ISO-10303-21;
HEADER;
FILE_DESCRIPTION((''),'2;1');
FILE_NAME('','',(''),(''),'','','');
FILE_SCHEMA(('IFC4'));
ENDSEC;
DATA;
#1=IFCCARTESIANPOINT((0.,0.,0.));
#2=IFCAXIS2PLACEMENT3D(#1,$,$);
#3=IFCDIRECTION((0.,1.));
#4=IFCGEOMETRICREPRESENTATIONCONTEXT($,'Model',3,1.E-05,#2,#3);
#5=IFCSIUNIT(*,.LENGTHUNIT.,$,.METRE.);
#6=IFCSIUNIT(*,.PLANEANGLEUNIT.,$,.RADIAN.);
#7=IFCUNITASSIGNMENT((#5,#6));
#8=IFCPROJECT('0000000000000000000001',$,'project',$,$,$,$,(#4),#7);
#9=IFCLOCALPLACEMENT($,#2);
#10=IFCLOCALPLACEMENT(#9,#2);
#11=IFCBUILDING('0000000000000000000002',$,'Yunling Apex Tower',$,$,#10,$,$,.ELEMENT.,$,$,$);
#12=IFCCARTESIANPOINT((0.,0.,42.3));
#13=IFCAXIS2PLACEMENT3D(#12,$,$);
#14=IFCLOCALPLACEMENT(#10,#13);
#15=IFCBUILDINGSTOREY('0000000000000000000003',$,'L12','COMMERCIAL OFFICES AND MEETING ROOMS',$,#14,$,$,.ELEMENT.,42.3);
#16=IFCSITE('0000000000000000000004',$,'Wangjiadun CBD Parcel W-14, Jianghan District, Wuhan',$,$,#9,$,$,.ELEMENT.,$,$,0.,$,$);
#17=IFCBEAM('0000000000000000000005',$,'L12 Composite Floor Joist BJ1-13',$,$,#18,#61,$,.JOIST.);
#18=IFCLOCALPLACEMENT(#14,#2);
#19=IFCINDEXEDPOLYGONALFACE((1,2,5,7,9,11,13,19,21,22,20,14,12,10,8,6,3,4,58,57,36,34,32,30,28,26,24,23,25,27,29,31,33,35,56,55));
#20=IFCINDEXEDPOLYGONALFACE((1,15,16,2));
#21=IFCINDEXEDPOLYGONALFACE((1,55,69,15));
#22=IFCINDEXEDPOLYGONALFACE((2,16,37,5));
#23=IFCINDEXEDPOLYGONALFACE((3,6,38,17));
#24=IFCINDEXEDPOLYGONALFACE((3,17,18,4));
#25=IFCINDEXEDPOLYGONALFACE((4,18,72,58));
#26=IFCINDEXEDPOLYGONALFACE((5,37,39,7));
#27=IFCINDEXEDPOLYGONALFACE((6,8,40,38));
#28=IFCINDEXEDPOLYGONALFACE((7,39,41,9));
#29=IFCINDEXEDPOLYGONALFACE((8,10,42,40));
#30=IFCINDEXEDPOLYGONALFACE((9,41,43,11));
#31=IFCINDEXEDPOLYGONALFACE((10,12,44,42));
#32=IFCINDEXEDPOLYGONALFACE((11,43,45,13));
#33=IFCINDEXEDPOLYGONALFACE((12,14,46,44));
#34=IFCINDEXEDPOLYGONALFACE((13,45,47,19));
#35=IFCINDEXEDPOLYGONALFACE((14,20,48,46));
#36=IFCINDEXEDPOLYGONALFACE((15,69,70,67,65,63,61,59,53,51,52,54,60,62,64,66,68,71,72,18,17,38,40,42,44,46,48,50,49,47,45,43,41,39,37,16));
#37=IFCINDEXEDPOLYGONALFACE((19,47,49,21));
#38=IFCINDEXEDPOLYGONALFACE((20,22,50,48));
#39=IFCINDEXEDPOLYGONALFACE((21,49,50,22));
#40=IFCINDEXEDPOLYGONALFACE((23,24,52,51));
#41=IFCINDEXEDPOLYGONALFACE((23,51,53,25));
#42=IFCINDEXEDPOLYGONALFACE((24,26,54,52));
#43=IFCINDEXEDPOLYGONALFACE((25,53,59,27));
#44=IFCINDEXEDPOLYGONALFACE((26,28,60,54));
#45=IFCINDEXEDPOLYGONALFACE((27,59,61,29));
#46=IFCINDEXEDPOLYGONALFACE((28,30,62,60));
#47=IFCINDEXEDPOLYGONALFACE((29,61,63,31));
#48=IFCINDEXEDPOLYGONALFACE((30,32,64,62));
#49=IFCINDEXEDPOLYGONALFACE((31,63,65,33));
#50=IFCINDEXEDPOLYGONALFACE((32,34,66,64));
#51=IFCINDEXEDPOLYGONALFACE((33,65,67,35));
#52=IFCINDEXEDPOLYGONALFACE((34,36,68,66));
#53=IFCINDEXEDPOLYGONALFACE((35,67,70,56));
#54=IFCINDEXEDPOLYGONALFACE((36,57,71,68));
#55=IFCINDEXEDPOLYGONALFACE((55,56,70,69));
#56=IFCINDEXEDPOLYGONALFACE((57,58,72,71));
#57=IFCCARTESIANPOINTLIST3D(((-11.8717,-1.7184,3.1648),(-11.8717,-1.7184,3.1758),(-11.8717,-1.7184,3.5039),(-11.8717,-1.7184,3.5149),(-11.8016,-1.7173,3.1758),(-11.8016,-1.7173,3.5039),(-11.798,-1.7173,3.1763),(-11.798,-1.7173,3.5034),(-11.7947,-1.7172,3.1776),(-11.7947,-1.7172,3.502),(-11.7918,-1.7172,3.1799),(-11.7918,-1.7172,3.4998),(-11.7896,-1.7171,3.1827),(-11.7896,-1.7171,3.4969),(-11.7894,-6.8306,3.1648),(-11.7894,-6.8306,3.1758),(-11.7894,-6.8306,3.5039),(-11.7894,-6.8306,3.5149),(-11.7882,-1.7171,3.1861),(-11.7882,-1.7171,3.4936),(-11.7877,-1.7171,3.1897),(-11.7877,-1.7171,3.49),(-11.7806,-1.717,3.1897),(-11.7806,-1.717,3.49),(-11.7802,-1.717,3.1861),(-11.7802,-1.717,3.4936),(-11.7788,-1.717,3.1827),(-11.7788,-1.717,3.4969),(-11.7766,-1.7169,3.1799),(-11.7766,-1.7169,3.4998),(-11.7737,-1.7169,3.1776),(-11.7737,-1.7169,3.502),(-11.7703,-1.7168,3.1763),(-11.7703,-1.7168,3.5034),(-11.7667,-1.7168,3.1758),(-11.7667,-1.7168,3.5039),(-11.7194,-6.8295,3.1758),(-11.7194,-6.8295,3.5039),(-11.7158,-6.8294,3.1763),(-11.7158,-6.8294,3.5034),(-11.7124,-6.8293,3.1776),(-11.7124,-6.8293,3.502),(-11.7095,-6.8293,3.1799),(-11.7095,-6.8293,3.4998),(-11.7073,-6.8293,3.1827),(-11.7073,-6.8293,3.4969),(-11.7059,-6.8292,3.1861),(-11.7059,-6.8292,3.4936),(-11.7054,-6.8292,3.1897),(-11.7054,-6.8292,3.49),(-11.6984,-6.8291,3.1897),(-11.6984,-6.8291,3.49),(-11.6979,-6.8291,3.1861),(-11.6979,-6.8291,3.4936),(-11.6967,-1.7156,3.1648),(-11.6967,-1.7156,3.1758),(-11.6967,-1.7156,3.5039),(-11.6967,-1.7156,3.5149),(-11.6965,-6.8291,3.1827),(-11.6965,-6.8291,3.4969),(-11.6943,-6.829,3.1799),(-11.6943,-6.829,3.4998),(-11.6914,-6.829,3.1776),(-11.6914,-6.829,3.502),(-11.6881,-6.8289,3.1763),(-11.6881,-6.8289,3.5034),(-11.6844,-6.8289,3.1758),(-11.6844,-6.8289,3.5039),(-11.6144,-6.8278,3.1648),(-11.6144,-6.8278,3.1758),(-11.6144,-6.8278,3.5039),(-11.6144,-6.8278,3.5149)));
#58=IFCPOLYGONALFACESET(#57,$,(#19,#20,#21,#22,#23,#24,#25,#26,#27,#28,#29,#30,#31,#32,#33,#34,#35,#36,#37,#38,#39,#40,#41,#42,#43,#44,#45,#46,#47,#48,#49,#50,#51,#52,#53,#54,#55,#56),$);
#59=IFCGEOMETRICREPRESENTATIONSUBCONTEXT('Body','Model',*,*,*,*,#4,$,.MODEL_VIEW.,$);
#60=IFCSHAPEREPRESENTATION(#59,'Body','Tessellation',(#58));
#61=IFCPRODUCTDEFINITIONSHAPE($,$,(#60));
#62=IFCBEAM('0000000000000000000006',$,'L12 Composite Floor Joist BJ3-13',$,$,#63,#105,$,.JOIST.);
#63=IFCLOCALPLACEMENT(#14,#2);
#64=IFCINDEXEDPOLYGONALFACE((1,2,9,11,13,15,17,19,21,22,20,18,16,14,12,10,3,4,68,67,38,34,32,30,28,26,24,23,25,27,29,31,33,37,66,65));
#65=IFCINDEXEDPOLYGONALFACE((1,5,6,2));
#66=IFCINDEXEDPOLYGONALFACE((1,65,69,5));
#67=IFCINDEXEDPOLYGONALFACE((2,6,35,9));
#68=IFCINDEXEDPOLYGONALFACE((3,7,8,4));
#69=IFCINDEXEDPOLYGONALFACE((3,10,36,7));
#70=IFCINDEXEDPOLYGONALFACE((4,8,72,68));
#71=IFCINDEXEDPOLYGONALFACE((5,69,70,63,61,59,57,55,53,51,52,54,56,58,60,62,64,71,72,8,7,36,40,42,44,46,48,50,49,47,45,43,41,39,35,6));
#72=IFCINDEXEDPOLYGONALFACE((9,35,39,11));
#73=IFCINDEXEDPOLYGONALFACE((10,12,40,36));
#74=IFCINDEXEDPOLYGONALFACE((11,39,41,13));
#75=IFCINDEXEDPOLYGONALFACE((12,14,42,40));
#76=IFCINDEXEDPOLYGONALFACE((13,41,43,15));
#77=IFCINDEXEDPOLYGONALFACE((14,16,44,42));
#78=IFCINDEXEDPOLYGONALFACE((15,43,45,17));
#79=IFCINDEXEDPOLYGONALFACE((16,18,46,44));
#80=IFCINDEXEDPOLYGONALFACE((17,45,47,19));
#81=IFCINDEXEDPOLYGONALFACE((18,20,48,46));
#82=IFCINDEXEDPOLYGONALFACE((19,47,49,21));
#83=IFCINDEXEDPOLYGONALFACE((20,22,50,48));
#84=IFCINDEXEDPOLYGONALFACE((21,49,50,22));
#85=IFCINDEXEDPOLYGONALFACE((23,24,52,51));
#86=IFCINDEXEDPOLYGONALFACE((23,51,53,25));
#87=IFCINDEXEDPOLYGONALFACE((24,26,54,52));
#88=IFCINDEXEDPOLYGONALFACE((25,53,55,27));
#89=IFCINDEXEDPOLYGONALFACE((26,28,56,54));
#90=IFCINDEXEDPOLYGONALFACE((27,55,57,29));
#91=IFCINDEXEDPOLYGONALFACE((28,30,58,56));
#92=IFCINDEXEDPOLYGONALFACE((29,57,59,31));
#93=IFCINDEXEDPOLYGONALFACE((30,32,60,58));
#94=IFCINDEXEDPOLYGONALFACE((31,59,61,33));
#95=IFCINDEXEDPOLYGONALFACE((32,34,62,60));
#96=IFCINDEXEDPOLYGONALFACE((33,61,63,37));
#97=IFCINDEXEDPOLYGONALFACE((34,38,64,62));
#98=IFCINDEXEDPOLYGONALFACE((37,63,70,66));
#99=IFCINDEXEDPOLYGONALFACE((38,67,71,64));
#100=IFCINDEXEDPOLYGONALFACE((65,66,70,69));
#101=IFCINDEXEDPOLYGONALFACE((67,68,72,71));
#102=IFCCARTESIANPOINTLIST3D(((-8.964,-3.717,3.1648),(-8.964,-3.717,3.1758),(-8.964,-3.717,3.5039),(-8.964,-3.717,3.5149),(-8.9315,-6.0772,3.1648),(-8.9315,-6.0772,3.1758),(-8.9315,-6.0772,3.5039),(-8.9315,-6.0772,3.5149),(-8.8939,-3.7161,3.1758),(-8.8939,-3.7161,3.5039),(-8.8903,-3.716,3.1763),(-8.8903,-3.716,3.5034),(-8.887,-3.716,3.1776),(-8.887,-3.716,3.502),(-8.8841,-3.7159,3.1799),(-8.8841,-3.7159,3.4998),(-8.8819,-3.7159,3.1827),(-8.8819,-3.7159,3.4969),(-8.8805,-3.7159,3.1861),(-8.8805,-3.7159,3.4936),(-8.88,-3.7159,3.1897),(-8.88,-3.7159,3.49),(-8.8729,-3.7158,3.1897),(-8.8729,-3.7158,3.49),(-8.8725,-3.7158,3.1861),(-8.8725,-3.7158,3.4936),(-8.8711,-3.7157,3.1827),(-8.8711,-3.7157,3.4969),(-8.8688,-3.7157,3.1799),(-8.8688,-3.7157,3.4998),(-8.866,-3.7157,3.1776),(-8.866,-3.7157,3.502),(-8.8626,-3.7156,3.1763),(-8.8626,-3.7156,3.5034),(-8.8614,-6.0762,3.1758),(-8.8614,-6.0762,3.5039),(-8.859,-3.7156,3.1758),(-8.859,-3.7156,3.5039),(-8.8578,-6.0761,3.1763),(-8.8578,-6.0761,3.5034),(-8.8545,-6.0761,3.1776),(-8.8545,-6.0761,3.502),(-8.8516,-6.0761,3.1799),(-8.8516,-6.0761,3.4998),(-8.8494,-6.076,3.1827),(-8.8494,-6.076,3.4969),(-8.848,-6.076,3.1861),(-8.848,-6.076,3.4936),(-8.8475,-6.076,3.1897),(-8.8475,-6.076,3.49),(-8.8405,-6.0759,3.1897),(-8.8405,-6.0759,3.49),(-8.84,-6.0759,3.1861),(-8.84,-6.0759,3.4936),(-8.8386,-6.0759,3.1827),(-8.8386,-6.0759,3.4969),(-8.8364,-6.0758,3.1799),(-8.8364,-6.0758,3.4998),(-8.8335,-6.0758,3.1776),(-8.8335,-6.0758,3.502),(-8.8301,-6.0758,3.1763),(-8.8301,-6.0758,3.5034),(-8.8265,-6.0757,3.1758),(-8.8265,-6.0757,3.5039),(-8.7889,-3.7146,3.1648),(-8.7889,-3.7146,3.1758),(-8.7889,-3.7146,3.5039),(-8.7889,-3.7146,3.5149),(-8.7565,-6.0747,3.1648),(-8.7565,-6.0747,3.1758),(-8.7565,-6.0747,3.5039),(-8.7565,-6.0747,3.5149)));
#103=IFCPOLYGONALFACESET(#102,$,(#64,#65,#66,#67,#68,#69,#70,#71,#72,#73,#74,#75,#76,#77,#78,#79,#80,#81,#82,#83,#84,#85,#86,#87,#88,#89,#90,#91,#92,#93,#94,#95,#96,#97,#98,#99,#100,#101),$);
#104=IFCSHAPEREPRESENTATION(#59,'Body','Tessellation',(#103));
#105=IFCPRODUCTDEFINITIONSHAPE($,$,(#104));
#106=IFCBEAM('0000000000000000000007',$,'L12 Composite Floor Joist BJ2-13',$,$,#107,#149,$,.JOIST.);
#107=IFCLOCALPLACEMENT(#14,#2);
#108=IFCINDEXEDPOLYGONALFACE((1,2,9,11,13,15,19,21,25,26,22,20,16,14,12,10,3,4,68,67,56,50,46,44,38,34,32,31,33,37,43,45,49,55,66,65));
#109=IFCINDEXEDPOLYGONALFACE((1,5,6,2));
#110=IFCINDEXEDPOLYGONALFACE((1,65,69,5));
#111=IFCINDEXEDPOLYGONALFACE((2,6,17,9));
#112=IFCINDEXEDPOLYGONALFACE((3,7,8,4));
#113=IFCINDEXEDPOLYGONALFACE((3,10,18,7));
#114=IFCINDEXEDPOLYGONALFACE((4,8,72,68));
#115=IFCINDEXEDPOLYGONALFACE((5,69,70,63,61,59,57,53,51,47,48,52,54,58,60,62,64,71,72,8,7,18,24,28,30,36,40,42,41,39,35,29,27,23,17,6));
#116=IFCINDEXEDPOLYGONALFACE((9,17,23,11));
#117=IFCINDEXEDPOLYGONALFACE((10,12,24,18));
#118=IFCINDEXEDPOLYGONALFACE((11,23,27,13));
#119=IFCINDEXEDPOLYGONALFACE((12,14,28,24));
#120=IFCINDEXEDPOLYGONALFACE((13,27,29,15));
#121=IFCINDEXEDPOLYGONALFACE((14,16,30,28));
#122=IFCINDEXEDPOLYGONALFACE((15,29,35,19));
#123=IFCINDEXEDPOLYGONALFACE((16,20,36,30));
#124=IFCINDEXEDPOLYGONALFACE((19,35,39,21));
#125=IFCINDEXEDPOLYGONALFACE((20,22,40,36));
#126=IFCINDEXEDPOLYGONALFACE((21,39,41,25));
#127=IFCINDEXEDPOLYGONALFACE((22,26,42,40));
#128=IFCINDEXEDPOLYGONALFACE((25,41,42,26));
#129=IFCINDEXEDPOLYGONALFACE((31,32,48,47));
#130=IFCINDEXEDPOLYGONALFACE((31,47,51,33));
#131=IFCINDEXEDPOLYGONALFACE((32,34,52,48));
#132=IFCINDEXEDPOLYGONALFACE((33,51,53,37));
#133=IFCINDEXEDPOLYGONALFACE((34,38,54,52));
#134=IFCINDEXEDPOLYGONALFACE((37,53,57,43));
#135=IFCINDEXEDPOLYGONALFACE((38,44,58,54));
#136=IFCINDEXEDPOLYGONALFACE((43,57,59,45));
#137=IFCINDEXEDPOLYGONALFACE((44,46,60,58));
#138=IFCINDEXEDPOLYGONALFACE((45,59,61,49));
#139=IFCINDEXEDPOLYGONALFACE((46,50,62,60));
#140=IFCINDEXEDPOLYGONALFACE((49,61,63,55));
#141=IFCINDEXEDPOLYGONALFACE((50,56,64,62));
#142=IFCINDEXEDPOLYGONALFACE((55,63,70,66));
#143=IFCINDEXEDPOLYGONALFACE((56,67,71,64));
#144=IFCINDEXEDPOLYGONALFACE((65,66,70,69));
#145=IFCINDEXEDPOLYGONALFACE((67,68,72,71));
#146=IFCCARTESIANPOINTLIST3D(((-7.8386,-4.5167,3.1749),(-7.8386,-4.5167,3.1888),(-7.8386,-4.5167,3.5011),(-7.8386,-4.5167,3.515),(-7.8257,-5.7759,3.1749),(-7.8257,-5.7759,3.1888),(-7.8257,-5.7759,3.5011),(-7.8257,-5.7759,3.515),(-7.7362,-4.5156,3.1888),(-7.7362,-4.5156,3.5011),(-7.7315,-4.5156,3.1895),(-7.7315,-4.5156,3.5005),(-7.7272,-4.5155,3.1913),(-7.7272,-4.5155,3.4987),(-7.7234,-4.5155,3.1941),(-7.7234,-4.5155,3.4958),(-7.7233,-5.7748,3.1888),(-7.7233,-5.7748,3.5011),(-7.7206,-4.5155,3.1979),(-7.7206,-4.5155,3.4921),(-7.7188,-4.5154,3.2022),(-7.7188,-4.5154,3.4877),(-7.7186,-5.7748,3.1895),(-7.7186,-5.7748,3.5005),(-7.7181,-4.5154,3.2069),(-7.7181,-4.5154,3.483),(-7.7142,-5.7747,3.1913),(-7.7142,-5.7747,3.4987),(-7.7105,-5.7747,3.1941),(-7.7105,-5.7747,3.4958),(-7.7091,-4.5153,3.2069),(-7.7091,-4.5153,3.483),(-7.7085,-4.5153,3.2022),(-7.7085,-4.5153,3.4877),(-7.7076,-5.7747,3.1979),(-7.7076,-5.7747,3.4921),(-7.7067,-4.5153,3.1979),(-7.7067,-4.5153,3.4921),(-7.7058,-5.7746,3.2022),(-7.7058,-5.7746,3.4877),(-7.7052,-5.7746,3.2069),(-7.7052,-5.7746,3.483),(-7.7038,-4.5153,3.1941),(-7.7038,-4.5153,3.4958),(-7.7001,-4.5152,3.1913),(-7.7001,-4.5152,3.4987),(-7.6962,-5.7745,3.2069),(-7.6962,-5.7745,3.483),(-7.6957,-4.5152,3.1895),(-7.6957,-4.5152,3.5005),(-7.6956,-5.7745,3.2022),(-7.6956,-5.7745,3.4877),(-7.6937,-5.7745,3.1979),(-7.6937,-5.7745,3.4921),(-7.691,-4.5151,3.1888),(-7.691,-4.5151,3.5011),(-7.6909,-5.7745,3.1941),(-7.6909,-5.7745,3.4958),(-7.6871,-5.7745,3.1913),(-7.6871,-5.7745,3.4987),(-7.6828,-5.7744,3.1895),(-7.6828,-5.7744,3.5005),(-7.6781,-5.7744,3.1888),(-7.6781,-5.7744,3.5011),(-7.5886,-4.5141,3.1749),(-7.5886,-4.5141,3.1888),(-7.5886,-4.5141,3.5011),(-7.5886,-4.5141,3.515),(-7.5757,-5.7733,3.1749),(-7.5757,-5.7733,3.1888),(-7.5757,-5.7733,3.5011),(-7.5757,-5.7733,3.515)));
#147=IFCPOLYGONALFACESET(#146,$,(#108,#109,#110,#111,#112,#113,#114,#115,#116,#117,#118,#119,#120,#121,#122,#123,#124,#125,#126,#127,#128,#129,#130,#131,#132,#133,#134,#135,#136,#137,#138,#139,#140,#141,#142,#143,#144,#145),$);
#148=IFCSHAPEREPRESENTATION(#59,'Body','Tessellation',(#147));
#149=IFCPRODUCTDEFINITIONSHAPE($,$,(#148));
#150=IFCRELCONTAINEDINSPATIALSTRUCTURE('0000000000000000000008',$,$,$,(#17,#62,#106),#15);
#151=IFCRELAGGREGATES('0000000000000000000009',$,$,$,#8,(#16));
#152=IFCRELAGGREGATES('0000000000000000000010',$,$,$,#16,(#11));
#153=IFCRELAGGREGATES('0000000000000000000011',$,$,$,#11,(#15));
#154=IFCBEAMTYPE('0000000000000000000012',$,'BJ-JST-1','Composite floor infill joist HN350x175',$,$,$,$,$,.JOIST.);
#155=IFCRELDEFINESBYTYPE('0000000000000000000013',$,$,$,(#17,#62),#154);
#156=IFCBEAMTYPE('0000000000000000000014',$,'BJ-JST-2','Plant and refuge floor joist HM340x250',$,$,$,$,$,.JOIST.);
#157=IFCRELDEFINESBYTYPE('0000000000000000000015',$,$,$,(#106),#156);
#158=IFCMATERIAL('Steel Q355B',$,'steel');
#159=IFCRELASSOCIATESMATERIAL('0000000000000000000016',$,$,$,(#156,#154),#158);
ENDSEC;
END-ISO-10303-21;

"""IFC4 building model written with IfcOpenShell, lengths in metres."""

from ifc_helpers import new_model, si_unit, direction, frame, origin, origin_2d, place, context, subcontext, project, spatial, i_section, extrude, source, transform, mapped, material, material_profile, profile_set, type_object, element, save


model = new_model("IFC4")

# Units and contexts
model_context = context("Model", 3, precision=1e-05, world=origin(), true_north=direction((0.0, 1.0)))
body_context = subcontext(model_context, "Body", "Model", "MODEL_VIEW")
ifc_project = project(units=[si_unit("LENGTHUNIT", "METRE"), si_unit("PLANEANGLEUNIT", "RADIAN")], contexts=[model_context])

# Site, building, storey
site_placement = place(None, origin())
site = spatial("IfcSite", under=ifc_project, at=site_placement, Name="Wangjiadun CBD Parcel W-14, Jianghan District, Wuhan", CompositionType="ELEMENT", RefElevation=0.0)
building_placement = place(site_placement, origin())
building = spatial("IfcBuilding", under=site, at=building_placement, Name="Yunling Apex Tower", CompositionType="ELEMENT")
storey_placement = place(building_placement, frame((0.0, 0.0, 42.3)))
storey = spatial("IfcBuildingStorey", under=building, at=storey_placement, Name="L12", Description="COMMERCIAL OFFICES AND MEETING ROOMS", CompositionType="ELEMENT", Elevation=42.3)

# Beams
ifc_material_1 = material(Name="Steel Q355B", Category="steel")
ifc_material_profile_1 = material_profile(ifc_material_1, i_section(OverallWidth=0.25, OverallDepth=0.3401, WebThickness=0.009, FlangeThickness=0.0139, FilletRadius=0.0181, at=origin_2d()))
ifc_profile_set_1 = profile_set([ifc_material_profile_1], Name="Steel Q355B")
beam_type_1 = type_object("IfcBeamType", Name="BJ-JST-2", Description="Plant and refuge floor joist HM340x250", PredefinedType="JOIST", material=ifc_profile_set_1)
ifc_material_profile_2 = material_profile(ifc_material_1, i_section(OverallWidth=0.175, OverallDepth=0.3501, WebThickness=0.0071, FlangeThickness=0.011, FilletRadius=0.0139, at=origin_2d()))
ifc_profile_set_2 = profile_set([ifc_material_profile_2], Name="Steel Q355B")
beam_type_2 = type_object("IfcBeamType", Name="BJ-JST-1", Description="Composite floor infill joist HN350x175", PredefinedType="JOIST", material=ifc_profile_set_2)
shared_shape_1 = source(origin(), body_context, "Body", "SweptSolid", [
    extrude(i_section(OverallWidth=0.175, OverallDepth=0.3501, WebThickness=0.0071, FlangeThickness=0.011, FilletRadius=0.0139, at=origin_2d()), origin(), (0.0, 0.0, 1.0), 5.1128),
])
beam_1_placement = place(storey_placement, frame((-11.7842, -1.717, 3.3398), z_axis=(0.016092, -0.999871, 0.0), x_axis=(0.999871, 0.016092, 0.0)))
element("IfcBeam", 1, at=beam_1_placement, inside=storey, type_object=beam_type_2, Name="L12 Composite Floor Joist BJ1-13", PredefinedType="JOIST", context=body_context, shape_type="MappedRepresentation", body=[
    mapped(shared_shape_1, transform((0.0, 0.0, 0.0), scale=1.0)),
])
shared_shape_2 = source(origin(), body_context, "Body", "SweptSolid", [
    extrude(i_section(OverallWidth=0.175, OverallDepth=0.3501, WebThickness=0.0071, FlangeThickness=0.011, FilletRadius=0.0139, at=origin_2d()), origin(), (0.0, 0.0, 1.0), 2.3604),
])
beam_2_placement = place(storey_placement, frame((-8.8765, -3.7158, 3.3398), z_axis=(0.013757, -0.999905, 0.0), x_axis=(0.999905, 0.013757, 0.0)))
element("IfcBeam", 2, at=beam_2_placement, inside=storey, type_object=beam_type_2, Name="L12 Composite Floor Joist BJ3-13", PredefinedType="JOIST", context=body_context, shape_type="MappedRepresentation", body=[
    mapped(shared_shape_2, transform((0.0, 0.0, 0.0), scale=1.0)),
])
shared_shape_3 = source(origin(), body_context, "Body", "SweptSolid", [
    extrude(i_section(OverallWidth=0.25, OverallDepth=0.3401, WebThickness=0.009, FlangeThickness=0.0139, FilletRadius=0.0181, at=origin_2d()), origin(), (0.0, 0.0, 1.0), 1.2593),
])
beam_3_placement = place(storey_placement, frame((-7.7136, -4.5154, 3.345), z_axis=(0.010275, -0.999947, 0.0), x_axis=(0.999947, 0.010275, 0.0)))
element("IfcBeam", 3, at=beam_3_placement, inside=storey, type_object=beam_type_1, Name="L12 Composite Floor Joist BJ2-13", PredefinedType="JOIST", context=body_context, shape_type="MappedRepresentation", body=[
    mapped(shared_shape_3, transform((0.0, 0.0, 0.0), scale=1.0)),
])

save(model, "model.ifc")
